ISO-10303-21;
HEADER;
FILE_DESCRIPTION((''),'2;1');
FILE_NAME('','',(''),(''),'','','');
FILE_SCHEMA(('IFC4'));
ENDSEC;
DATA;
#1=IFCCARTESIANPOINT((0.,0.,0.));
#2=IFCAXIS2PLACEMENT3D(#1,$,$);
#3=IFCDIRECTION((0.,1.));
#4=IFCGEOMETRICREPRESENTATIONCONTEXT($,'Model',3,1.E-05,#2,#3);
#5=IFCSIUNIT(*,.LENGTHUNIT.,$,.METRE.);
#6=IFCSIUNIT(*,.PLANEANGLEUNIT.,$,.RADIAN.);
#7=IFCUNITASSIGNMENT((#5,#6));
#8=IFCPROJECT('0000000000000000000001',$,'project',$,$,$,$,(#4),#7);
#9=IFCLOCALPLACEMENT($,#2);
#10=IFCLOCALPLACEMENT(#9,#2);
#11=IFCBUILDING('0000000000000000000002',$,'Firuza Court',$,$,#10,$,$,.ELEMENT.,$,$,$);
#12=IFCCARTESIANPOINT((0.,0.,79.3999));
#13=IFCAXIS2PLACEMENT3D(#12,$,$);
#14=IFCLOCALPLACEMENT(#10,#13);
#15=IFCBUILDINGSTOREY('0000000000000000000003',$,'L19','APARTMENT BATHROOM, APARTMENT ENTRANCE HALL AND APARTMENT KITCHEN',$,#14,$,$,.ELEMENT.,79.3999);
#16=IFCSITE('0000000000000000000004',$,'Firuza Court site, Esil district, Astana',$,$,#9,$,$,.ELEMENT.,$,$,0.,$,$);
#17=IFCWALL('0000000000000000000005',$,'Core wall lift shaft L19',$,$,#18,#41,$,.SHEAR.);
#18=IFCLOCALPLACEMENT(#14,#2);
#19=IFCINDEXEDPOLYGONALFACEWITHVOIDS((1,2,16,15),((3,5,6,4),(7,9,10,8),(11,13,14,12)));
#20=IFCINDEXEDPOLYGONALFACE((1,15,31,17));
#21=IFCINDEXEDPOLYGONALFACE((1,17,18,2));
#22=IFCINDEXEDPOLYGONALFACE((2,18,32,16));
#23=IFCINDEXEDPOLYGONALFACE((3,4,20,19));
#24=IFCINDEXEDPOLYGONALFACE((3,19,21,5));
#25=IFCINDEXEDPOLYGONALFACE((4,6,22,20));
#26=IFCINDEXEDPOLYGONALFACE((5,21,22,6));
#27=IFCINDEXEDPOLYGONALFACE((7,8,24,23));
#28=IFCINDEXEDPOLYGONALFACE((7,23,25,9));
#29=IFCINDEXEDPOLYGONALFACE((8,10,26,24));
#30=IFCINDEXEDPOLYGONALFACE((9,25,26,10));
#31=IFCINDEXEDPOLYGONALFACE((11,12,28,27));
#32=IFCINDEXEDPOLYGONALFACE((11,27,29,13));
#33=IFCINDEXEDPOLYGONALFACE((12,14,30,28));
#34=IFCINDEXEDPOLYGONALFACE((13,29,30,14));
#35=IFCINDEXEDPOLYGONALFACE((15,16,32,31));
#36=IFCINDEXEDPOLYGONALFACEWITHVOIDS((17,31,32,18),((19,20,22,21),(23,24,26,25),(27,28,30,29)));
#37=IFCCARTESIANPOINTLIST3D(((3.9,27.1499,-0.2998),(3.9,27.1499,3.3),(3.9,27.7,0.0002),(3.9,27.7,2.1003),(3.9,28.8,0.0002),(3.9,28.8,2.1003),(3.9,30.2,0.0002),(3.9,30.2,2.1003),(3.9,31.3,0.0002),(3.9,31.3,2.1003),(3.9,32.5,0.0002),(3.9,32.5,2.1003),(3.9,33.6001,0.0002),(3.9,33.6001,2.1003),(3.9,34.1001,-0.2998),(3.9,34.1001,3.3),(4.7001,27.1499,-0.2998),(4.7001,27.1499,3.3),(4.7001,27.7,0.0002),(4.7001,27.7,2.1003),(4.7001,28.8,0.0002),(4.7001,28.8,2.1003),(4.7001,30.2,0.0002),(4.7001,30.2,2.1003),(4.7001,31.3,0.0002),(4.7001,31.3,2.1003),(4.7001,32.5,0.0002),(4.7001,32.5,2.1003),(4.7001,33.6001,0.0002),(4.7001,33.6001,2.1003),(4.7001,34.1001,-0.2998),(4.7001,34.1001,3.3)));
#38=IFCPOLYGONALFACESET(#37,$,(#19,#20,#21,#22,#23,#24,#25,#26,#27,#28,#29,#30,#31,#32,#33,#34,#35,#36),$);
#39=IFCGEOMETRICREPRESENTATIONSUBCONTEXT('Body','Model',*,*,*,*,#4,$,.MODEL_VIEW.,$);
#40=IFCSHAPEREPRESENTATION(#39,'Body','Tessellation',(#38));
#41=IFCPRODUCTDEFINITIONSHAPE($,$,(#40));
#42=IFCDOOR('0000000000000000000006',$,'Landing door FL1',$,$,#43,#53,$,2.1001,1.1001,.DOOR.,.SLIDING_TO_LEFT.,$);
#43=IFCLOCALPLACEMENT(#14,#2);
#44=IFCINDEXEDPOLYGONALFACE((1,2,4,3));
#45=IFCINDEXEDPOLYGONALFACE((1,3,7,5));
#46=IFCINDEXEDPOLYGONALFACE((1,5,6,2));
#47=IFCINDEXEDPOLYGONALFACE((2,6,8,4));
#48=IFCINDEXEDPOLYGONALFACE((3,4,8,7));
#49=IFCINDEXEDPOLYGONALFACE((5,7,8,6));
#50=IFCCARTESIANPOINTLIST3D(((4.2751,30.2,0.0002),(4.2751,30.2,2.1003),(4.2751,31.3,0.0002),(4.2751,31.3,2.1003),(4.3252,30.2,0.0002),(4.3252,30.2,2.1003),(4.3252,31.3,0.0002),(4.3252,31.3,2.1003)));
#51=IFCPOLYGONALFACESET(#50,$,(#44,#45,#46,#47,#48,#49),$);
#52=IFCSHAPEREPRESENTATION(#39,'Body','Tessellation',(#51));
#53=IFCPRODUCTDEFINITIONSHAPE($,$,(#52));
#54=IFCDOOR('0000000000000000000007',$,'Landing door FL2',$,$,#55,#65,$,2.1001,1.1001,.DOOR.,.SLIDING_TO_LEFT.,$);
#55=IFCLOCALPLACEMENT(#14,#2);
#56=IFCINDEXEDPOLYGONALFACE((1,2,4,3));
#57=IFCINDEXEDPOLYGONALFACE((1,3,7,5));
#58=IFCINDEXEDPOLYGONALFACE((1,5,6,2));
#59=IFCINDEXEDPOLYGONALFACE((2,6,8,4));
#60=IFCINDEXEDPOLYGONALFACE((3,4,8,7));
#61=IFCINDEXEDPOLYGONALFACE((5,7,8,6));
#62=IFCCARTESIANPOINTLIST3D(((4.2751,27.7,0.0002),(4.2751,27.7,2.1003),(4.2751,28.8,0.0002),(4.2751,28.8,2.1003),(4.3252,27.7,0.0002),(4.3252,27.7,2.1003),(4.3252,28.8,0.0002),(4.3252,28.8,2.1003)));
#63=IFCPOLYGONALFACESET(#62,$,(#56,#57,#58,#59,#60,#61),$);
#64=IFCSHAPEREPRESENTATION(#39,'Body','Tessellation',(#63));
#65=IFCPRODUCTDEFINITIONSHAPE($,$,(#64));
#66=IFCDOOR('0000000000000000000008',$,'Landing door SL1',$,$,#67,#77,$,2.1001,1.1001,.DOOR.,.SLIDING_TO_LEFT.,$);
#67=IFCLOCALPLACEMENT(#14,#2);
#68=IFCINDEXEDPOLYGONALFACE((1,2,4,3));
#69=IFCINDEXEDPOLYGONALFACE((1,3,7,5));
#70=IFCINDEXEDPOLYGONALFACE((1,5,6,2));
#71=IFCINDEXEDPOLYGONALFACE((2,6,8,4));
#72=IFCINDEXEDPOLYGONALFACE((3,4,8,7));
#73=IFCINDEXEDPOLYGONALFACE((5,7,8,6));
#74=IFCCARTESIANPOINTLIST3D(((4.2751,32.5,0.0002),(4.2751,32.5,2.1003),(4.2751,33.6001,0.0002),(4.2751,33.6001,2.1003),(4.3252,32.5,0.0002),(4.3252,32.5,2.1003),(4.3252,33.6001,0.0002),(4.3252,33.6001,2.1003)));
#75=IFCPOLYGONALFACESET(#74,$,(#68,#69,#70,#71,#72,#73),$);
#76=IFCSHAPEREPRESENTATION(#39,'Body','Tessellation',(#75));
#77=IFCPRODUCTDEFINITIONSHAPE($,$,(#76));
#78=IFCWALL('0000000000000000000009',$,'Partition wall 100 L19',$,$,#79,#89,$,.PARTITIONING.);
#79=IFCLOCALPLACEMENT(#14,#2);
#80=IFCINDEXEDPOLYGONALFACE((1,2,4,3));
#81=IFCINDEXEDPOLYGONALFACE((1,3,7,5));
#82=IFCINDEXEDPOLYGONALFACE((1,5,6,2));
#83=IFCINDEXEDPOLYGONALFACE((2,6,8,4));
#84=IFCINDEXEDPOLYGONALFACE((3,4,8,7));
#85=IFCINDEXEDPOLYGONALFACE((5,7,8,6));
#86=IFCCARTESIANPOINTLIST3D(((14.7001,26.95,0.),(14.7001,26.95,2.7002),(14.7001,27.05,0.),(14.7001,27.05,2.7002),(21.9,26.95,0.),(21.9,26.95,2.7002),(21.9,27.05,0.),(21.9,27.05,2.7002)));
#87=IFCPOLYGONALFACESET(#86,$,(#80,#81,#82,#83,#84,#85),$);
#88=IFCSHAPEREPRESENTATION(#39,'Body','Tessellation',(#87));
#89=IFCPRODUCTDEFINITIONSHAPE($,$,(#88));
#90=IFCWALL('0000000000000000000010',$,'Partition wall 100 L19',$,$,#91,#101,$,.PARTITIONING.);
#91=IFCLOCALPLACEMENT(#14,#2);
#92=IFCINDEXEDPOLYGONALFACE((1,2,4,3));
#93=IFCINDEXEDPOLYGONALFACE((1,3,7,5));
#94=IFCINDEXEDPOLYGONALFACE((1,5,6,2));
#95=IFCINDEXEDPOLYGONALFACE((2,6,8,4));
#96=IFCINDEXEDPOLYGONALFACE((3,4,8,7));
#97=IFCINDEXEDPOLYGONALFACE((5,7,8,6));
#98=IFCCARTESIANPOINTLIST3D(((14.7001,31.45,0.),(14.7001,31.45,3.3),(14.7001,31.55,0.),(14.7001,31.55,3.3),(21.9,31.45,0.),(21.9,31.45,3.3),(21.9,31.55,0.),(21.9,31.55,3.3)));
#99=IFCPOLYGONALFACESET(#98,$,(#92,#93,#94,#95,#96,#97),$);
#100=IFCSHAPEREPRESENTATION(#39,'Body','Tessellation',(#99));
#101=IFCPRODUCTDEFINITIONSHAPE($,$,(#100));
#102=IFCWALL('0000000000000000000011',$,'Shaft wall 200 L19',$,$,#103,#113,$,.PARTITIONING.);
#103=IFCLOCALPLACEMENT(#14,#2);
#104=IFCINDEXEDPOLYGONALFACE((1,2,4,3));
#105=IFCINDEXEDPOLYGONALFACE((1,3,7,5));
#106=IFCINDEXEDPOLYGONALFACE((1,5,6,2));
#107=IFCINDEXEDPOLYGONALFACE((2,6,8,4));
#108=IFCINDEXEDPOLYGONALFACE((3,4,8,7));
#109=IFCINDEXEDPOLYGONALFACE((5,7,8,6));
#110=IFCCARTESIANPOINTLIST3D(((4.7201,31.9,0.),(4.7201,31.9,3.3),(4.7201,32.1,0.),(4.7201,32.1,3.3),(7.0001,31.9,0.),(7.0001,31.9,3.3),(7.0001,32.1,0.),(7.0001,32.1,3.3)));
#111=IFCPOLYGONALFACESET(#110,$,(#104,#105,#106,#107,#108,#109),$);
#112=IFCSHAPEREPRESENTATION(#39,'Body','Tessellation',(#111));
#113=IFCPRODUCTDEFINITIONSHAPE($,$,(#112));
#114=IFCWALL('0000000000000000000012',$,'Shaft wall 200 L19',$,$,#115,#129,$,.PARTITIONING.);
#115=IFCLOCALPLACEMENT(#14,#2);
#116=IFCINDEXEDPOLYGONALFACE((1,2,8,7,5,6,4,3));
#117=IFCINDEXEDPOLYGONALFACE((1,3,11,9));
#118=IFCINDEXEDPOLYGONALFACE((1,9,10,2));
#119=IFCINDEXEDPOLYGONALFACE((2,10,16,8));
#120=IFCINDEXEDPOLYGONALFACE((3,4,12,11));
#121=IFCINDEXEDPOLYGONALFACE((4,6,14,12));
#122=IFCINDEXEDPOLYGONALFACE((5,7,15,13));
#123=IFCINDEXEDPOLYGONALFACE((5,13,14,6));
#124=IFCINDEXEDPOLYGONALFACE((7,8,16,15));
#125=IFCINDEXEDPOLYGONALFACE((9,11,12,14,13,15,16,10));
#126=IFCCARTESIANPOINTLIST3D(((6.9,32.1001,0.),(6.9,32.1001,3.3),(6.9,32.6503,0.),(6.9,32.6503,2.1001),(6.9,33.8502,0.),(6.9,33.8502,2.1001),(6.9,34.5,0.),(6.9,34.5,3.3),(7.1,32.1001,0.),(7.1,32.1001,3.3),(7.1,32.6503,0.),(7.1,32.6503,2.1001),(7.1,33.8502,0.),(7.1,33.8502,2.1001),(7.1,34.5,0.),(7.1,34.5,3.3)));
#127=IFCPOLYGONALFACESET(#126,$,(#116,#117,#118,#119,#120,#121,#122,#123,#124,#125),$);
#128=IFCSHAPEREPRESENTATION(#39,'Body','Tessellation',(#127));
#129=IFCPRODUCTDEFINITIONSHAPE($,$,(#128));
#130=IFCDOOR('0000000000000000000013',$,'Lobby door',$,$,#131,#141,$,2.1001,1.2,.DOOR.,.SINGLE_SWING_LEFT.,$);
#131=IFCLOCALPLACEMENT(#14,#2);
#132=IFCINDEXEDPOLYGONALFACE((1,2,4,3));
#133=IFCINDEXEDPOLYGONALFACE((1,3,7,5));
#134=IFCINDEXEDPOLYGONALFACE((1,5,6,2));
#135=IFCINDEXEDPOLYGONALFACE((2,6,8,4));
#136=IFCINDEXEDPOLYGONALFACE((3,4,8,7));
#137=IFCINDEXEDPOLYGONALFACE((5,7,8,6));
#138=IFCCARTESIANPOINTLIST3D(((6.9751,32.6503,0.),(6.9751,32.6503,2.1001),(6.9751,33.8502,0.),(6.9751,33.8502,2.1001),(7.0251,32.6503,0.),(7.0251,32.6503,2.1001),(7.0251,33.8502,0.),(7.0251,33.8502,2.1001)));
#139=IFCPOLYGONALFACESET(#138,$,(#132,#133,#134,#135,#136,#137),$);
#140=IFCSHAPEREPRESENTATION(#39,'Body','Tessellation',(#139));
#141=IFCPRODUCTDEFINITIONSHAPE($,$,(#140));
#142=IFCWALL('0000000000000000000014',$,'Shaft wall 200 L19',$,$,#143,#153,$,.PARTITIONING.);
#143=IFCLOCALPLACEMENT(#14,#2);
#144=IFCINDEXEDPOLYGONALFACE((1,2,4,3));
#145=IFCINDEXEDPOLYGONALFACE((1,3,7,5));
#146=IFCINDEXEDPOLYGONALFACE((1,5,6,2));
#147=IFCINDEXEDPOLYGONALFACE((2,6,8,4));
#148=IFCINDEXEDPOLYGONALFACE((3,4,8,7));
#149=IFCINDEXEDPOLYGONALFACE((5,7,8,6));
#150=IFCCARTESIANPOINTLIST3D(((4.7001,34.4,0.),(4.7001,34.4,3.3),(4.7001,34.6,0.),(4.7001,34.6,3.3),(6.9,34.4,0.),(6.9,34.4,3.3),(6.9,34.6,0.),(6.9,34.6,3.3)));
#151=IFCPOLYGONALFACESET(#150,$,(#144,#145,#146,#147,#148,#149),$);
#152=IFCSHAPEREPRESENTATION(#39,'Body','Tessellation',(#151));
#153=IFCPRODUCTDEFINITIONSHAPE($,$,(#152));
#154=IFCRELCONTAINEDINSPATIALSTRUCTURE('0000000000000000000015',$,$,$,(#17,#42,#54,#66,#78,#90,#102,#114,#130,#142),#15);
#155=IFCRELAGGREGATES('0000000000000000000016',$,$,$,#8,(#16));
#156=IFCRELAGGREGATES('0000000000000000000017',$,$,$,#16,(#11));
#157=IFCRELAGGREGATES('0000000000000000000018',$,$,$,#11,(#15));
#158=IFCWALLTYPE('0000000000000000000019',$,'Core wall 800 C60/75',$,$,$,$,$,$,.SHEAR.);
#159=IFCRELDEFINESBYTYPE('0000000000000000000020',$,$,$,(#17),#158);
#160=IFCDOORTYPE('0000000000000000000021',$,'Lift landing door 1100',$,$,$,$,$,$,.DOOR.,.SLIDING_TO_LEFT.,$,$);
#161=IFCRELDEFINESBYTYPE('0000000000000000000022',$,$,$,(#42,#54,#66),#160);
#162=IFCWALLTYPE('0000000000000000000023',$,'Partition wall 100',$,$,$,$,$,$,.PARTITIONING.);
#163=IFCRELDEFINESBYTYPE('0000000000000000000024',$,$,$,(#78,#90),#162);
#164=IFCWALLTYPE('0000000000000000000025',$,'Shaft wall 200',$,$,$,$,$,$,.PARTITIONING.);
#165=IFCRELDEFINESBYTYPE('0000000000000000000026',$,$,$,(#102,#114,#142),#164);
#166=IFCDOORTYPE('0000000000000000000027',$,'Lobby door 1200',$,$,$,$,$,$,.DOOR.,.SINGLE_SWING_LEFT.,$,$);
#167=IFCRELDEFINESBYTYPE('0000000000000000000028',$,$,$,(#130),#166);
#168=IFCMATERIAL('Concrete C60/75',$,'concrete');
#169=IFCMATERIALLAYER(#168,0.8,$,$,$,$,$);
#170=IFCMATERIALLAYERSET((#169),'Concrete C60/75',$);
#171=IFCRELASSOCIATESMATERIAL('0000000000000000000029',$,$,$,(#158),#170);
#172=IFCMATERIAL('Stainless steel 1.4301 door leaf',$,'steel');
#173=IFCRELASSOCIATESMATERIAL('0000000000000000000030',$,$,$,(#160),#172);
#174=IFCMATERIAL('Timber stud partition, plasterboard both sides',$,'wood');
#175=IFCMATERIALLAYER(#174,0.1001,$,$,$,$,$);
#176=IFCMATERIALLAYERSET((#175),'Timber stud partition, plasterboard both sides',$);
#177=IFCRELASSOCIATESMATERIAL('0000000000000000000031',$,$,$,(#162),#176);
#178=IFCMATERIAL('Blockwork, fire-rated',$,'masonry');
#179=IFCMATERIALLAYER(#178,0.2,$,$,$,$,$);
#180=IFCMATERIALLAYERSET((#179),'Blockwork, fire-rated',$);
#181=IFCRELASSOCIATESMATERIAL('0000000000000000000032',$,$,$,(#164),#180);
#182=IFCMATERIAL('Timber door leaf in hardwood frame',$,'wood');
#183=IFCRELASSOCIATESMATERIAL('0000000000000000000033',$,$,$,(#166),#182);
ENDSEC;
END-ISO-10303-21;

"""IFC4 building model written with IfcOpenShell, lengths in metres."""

from ifc_helpers import new_model, si_unit, direction, frame, frame_2d, origin, place, context, subcontext, project, spatial, rectangle, extrude, material, layer, layer_set, type_object, element, fill, save


model = new_model("IFC4")

# Units and contexts
model_context = context("Model", 3, precision=1e-05, world=origin(), true_north=direction((0.0, 1.0)))
body_context = subcontext(model_context, "Body", "Model", "MODEL_VIEW")
ifc_project = project(units=[si_unit("LENGTHUNIT", "METRE"), si_unit("PLANEANGLEUNIT", "RADIAN")], contexts=[model_context])

# Site, building, storey
site_placement = place(None, origin())
site = spatial("IfcSite", under=ifc_project, at=site_placement, Name="Firuza Court site, Esil district, Astana", CompositionType="ELEMENT", RefElevation=0.0)
building_placement = place(site_placement, origin())
building = spatial("IfcBuilding", under=site, at=building_placement, Name="Firuza Court", CompositionType="ELEMENT")
storey_placement = place(building_placement, frame((0.0, 0.0, 79.3999)))
storey = spatial("IfcBuildingStorey", under=building, at=storey_placement, Name="L19", Description="APARTMENT BATHROOM, APARTMENT ENTRANCE HALL AND APARTMENT KITCHEN", CompositionType="ELEMENT", Elevation=79.3999)

# Shared definitions
ifc_material_1 = material(Name="Concrete C60/75", Category="concrete")

# Shared definitions
ifc_layer_1 = layer(ifc_material_1, 0.8)
ifc_layer_set_1 = layer_set([ifc_layer_1], Name="Concrete C60/75")
wall_type_1 = type_object("IfcWallType", Name="Core wall 800 C60/75", PredefinedType="SHEAR", material=ifc_layer_set_1)

# Wall, openings, doors
wall_1_placement = place(storey_placement, frame((4.3, 27.1499, -0.2998), z_axis=(0.0, 0.0, 1.0), x_axis=(0.0, 1.0, 0.0)))
wall_1 = element("IfcWall", 1, at=wall_1_placement, inside=storey, type_object=wall_type_1, Name="Core wall lift shaft L19", PredefinedType="SHEAR", context=body_context, shape_type="SweptSolid", body=[
    extrude(rectangle(XDim=6.9502, YDim=0.8, at=frame_2d((3.4751, 0.0))), origin(), (0.0, 0.0, 1.0), 3.5999),
])
opening_1_placement = place(wall_1_placement, frame((3.05, 0.0, 0.3)))
opening_1 = element("IfcOpeningElement", 2, at=opening_1_placement, cuts=wall_1, PredefinedType="OPENING", context=body_context, shape_type="SweptSolid", body=[
    extrude(rectangle(XDim=1.1001, YDim=2.1001, at=frame_2d((0.55, 1.05))), frame((0.0, 0.4121, 0.0), z_axis=(0.0, -1.0, 0.0), x_axis=(1.0, 0.0, 0.0)), (0.0, 0.0, 1.0), 0.824),
])
opening_2_placement = place(wall_1_placement, frame((0.55, 0.0, 0.3)))
opening_2 = element("IfcOpeningElement", 3, at=opening_2_placement, cuts=wall_1, PredefinedType="OPENING", context=body_context, shape_type="SweptSolid", body=[
    extrude(rectangle(XDim=1.1001, YDim=2.1001, at=frame_2d((0.55, 1.05))), frame((0.0, 0.4121, 0.0), z_axis=(0.0, -1.0, 0.0), x_axis=(1.0, 0.0, 0.0)), (0.0, 0.0, 1.0), 0.824),
])
opening_3_placement = place(wall_1_placement, frame((5.3501, 0.0, 0.3)))
opening_3 = element("IfcOpeningElement", 4, at=opening_3_placement, cuts=wall_1, PredefinedType="OPENING", context=body_context, shape_type="SweptSolid", body=[
    extrude(rectangle(XDim=1.1001, YDim=2.1001, at=frame_2d((0.55, 1.05))), frame((0.0, 0.4121, 0.0), z_axis=(0.0, -1.0, 0.0), x_axis=(1.0, 0.0, 0.0)), (0.0, 0.0, 1.0), 0.824),
])
ifc_material_2 = material(Name="Stainless steel 1.4301 door leaf", Category="steel")
door_type_1 = type_object("IfcDoorType", Name="Lift landing door 1100", OperationType="SLIDING_TO_LEFT", PredefinedType="DOOR", material=ifc_material_2)
door_1_placement = place(opening_1_placement, origin())
door_1 = element("IfcDoor", 5, at=door_1_placement, inside=storey, type_object=door_type_1, Name="Landing door FL1", OperationType="SLIDING_TO_LEFT", OverallHeight=2.1001, OverallWidth=1.1001, PredefinedType="DOOR", context=body_context, shape_type="SweptSolid", body=[
    extrude(rectangle(XDim=1.1001, YDim=2.1001, at=frame_2d((0.55, 1.05))), frame((0.0, 0.0249, 0.0), z_axis=(0.0, -1.0, 0.0), x_axis=(1.0, 0.0, 0.0)), (0.0, 0.0, 1.0), 0.05),
])
fill(opening_1, door_1)
door_2_placement = place(opening_2_placement, origin())
door_2 = element("IfcDoor", 6, at=door_2_placement, inside=storey, type_object=door_type_1, Name="Landing door FL2", OperationType="SLIDING_TO_LEFT", OverallHeight=2.1001, OverallWidth=1.1001, PredefinedType="DOOR", context=body_context, shape_type="SweptSolid", body=[
    extrude(rectangle(XDim=1.1001, YDim=2.1001, at=frame_2d((0.55, 1.05))), frame((0.0, 0.0249, 0.0), z_axis=(0.0, -1.0, 0.0), x_axis=(1.0, 0.0, 0.0)), (0.0, 0.0, 1.0), 0.05),
])
fill(opening_2, door_2)
door_3_placement = place(opening_3_placement, origin())
door_3 = element("IfcDoor", 7, at=door_3_placement, inside=storey, type_object=door_type_1, Name="Landing door SL1", OperationType="SLIDING_TO_LEFT", OverallHeight=2.1001, OverallWidth=1.1001, PredefinedType="DOOR", context=body_context, shape_type="SweptSolid", body=[
    extrude(rectangle(XDim=1.1001, YDim=2.1001, at=frame_2d((0.55, 1.05))), frame((0.0, 0.0249, 0.0), z_axis=(0.0, -1.0, 0.0), x_axis=(1.0, 0.0, 0.0)), (0.0, 0.0, 1.0), 0.05),
])
fill(opening_3, door_3)

# Walls
ifc_material_3 = material(Name="Timber stud partition, plasterboard both sides", Category="wood")
ifc_layer_2 = layer(ifc_material_3, 0.1001)
ifc_layer_set_2 = layer_set([ifc_layer_2], Name="Timber stud partition, plasterboard both sides")
wall_type_2 = type_object("IfcWallType", Name="Partition wall 100", PredefinedType="PARTITIONING", material=ifc_layer_set_2)
wall_2_placement = place(storey_placement, frame((14.7, 27.0, 0.0), z_axis=(0.0, 0.0, 1.0), x_axis=(1.0, 0.0, 0.0)))
element("IfcWall", 8, at=wall_2_placement, inside=storey, type_object=wall_type_2, Name="Partition wall 100 L19", PredefinedType="PARTITIONING", context=body_context, shape_type="SweptSolid", body=[
    extrude(rectangle(XDim=7.2, YDim=0.1001, at=frame_2d((3.6001, 0.0))), origin(), (0.0, 0.0, 1.0), 2.7002),
])
wall_3_placement = place(storey_placement, frame((14.7, 31.5, 0.0), z_axis=(0.0, 0.0, 1.0), x_axis=(1.0, 0.0, 0.0)))
element("IfcWall", 9, at=wall_3_placement, inside=storey, type_object=wall_type_2, Name="Partition wall 100 L19", PredefinedType="PARTITIONING", context=body_context, shape_type="SweptSolid", body=[
    extrude(rectangle(XDim=7.2, YDim=0.1001, at=frame_2d((3.6001, 0.0))), origin(), (0.0, 0.0, 1.0), 3.3),
])
ifc_material_4 = material(Name="Blockwork, fire-rated", Category="masonry")
ifc_layer_3 = layer(ifc_material_4, 0.2)
ifc_layer_set_3 = layer_set([ifc_layer_3], Name="Blockwork, fire-rated")
wall_type_3 = type_object("IfcWallType", Name="Shaft wall 200", PredefinedType="PARTITIONING", material=ifc_layer_set_3)
wall_4_placement = place(storey_placement, frame((4.72, 32.0, 0.0), z_axis=(0.0, 0.0, 1.0), x_axis=(1.0, 0.0, 0.0)))
element("IfcWall", 10, at=wall_4_placement, inside=storey, type_object=wall_type_3, Name="Shaft wall 200 L19", PredefinedType="PARTITIONING", context=body_context, shape_type="SweptSolid", body=[
    extrude(rectangle(XDim=2.28, YDim=0.2, at=frame_2d((1.1401, 0.0))), origin(), (0.0, 0.0, 1.0), 3.3),
])

# Wall, opening, door
wall_5_placement = place(storey_placement, frame((7.0, 32.1001, 0.0), z_axis=(0.0, 0.0, 1.0), x_axis=(0.0, 1.0, 0.0)))
wall_5 = element("IfcWall", 11, at=wall_5_placement, inside=storey, type_object=wall_type_3, Name="Shaft wall 200 L19", PredefinedType="PARTITIONING", context=body_context, shape_type="SweptSolid", body=[
    extrude(rectangle(XDim=2.3999, YDim=0.2, at=frame_2d((1.2, 0.0))), origin(), (0.0, 0.0, 1.0), 3.3),
])
opening_4_placement = place(wall_5_placement, frame((0.55, 0.0, 0.0)))
opening_4 = element("IfcOpeningElement", 12, at=opening_4_placement, cuts=wall_5, PredefinedType="OPENING", context=body_context, shape_type="SweptSolid", body=[
    extrude(rectangle(XDim=1.2, YDim=2.1001, at=frame_2d((0.6001, 1.05))), frame((0.0, 0.1118, 0.0), z_axis=(0.0, -1.0, 0.0), x_axis=(1.0, 0.0, 0.0)), (0.0, 0.0, 1.0), 0.2239),
])
ifc_material_5 = material(Name="Timber door leaf in hardwood frame", Category="wood")
door_type_2 = type_object("IfcDoorType", Name="Lobby door 1200", OperationType="SINGLE_SWING_LEFT", PredefinedType="DOOR", material=ifc_material_5)
door_4_placement = place(opening_4_placement, origin())
door_4 = element("IfcDoor", 13, at=door_4_placement, inside=storey, type_object=door_type_2, Name="Lobby door", OperationType="SINGLE_SWING_LEFT", OverallHeight=2.1001, OverallWidth=1.2, PredefinedType="DOOR", context=body_context, shape_type="SweptSolid", body=[
    extrude(rectangle(XDim=1.2, YDim=2.1001, at=frame_2d((0.6001, 1.05))), frame((0.0, 0.0249, 0.0), z_axis=(0.0, -1.0, 0.0), x_axis=(1.0, 0.0, 0.0)), (0.0, 0.0, 1.0), 0.05),
])
fill(opening_4, door_4)

# Wall
wall_6_placement = place(storey_placement, frame((4.7, 34.5, 0.0), z_axis=(0.0, 0.0, 1.0), x_axis=(1.0, 0.0, 0.0)))
element("IfcWall", 14, at=wall_6_placement, inside=storey, type_object=wall_type_3, Name="Shaft wall 200 L19", PredefinedType="PARTITIONING", context=body_context, shape_type="SweptSolid", body=[
    extrude(rectangle(XDim=2.2, YDim=0.2, at=frame_2d((1.1001, 0.0))), origin(), (0.0, 0.0, 1.0), 3.3),
])

save(model, "model.ifc")
